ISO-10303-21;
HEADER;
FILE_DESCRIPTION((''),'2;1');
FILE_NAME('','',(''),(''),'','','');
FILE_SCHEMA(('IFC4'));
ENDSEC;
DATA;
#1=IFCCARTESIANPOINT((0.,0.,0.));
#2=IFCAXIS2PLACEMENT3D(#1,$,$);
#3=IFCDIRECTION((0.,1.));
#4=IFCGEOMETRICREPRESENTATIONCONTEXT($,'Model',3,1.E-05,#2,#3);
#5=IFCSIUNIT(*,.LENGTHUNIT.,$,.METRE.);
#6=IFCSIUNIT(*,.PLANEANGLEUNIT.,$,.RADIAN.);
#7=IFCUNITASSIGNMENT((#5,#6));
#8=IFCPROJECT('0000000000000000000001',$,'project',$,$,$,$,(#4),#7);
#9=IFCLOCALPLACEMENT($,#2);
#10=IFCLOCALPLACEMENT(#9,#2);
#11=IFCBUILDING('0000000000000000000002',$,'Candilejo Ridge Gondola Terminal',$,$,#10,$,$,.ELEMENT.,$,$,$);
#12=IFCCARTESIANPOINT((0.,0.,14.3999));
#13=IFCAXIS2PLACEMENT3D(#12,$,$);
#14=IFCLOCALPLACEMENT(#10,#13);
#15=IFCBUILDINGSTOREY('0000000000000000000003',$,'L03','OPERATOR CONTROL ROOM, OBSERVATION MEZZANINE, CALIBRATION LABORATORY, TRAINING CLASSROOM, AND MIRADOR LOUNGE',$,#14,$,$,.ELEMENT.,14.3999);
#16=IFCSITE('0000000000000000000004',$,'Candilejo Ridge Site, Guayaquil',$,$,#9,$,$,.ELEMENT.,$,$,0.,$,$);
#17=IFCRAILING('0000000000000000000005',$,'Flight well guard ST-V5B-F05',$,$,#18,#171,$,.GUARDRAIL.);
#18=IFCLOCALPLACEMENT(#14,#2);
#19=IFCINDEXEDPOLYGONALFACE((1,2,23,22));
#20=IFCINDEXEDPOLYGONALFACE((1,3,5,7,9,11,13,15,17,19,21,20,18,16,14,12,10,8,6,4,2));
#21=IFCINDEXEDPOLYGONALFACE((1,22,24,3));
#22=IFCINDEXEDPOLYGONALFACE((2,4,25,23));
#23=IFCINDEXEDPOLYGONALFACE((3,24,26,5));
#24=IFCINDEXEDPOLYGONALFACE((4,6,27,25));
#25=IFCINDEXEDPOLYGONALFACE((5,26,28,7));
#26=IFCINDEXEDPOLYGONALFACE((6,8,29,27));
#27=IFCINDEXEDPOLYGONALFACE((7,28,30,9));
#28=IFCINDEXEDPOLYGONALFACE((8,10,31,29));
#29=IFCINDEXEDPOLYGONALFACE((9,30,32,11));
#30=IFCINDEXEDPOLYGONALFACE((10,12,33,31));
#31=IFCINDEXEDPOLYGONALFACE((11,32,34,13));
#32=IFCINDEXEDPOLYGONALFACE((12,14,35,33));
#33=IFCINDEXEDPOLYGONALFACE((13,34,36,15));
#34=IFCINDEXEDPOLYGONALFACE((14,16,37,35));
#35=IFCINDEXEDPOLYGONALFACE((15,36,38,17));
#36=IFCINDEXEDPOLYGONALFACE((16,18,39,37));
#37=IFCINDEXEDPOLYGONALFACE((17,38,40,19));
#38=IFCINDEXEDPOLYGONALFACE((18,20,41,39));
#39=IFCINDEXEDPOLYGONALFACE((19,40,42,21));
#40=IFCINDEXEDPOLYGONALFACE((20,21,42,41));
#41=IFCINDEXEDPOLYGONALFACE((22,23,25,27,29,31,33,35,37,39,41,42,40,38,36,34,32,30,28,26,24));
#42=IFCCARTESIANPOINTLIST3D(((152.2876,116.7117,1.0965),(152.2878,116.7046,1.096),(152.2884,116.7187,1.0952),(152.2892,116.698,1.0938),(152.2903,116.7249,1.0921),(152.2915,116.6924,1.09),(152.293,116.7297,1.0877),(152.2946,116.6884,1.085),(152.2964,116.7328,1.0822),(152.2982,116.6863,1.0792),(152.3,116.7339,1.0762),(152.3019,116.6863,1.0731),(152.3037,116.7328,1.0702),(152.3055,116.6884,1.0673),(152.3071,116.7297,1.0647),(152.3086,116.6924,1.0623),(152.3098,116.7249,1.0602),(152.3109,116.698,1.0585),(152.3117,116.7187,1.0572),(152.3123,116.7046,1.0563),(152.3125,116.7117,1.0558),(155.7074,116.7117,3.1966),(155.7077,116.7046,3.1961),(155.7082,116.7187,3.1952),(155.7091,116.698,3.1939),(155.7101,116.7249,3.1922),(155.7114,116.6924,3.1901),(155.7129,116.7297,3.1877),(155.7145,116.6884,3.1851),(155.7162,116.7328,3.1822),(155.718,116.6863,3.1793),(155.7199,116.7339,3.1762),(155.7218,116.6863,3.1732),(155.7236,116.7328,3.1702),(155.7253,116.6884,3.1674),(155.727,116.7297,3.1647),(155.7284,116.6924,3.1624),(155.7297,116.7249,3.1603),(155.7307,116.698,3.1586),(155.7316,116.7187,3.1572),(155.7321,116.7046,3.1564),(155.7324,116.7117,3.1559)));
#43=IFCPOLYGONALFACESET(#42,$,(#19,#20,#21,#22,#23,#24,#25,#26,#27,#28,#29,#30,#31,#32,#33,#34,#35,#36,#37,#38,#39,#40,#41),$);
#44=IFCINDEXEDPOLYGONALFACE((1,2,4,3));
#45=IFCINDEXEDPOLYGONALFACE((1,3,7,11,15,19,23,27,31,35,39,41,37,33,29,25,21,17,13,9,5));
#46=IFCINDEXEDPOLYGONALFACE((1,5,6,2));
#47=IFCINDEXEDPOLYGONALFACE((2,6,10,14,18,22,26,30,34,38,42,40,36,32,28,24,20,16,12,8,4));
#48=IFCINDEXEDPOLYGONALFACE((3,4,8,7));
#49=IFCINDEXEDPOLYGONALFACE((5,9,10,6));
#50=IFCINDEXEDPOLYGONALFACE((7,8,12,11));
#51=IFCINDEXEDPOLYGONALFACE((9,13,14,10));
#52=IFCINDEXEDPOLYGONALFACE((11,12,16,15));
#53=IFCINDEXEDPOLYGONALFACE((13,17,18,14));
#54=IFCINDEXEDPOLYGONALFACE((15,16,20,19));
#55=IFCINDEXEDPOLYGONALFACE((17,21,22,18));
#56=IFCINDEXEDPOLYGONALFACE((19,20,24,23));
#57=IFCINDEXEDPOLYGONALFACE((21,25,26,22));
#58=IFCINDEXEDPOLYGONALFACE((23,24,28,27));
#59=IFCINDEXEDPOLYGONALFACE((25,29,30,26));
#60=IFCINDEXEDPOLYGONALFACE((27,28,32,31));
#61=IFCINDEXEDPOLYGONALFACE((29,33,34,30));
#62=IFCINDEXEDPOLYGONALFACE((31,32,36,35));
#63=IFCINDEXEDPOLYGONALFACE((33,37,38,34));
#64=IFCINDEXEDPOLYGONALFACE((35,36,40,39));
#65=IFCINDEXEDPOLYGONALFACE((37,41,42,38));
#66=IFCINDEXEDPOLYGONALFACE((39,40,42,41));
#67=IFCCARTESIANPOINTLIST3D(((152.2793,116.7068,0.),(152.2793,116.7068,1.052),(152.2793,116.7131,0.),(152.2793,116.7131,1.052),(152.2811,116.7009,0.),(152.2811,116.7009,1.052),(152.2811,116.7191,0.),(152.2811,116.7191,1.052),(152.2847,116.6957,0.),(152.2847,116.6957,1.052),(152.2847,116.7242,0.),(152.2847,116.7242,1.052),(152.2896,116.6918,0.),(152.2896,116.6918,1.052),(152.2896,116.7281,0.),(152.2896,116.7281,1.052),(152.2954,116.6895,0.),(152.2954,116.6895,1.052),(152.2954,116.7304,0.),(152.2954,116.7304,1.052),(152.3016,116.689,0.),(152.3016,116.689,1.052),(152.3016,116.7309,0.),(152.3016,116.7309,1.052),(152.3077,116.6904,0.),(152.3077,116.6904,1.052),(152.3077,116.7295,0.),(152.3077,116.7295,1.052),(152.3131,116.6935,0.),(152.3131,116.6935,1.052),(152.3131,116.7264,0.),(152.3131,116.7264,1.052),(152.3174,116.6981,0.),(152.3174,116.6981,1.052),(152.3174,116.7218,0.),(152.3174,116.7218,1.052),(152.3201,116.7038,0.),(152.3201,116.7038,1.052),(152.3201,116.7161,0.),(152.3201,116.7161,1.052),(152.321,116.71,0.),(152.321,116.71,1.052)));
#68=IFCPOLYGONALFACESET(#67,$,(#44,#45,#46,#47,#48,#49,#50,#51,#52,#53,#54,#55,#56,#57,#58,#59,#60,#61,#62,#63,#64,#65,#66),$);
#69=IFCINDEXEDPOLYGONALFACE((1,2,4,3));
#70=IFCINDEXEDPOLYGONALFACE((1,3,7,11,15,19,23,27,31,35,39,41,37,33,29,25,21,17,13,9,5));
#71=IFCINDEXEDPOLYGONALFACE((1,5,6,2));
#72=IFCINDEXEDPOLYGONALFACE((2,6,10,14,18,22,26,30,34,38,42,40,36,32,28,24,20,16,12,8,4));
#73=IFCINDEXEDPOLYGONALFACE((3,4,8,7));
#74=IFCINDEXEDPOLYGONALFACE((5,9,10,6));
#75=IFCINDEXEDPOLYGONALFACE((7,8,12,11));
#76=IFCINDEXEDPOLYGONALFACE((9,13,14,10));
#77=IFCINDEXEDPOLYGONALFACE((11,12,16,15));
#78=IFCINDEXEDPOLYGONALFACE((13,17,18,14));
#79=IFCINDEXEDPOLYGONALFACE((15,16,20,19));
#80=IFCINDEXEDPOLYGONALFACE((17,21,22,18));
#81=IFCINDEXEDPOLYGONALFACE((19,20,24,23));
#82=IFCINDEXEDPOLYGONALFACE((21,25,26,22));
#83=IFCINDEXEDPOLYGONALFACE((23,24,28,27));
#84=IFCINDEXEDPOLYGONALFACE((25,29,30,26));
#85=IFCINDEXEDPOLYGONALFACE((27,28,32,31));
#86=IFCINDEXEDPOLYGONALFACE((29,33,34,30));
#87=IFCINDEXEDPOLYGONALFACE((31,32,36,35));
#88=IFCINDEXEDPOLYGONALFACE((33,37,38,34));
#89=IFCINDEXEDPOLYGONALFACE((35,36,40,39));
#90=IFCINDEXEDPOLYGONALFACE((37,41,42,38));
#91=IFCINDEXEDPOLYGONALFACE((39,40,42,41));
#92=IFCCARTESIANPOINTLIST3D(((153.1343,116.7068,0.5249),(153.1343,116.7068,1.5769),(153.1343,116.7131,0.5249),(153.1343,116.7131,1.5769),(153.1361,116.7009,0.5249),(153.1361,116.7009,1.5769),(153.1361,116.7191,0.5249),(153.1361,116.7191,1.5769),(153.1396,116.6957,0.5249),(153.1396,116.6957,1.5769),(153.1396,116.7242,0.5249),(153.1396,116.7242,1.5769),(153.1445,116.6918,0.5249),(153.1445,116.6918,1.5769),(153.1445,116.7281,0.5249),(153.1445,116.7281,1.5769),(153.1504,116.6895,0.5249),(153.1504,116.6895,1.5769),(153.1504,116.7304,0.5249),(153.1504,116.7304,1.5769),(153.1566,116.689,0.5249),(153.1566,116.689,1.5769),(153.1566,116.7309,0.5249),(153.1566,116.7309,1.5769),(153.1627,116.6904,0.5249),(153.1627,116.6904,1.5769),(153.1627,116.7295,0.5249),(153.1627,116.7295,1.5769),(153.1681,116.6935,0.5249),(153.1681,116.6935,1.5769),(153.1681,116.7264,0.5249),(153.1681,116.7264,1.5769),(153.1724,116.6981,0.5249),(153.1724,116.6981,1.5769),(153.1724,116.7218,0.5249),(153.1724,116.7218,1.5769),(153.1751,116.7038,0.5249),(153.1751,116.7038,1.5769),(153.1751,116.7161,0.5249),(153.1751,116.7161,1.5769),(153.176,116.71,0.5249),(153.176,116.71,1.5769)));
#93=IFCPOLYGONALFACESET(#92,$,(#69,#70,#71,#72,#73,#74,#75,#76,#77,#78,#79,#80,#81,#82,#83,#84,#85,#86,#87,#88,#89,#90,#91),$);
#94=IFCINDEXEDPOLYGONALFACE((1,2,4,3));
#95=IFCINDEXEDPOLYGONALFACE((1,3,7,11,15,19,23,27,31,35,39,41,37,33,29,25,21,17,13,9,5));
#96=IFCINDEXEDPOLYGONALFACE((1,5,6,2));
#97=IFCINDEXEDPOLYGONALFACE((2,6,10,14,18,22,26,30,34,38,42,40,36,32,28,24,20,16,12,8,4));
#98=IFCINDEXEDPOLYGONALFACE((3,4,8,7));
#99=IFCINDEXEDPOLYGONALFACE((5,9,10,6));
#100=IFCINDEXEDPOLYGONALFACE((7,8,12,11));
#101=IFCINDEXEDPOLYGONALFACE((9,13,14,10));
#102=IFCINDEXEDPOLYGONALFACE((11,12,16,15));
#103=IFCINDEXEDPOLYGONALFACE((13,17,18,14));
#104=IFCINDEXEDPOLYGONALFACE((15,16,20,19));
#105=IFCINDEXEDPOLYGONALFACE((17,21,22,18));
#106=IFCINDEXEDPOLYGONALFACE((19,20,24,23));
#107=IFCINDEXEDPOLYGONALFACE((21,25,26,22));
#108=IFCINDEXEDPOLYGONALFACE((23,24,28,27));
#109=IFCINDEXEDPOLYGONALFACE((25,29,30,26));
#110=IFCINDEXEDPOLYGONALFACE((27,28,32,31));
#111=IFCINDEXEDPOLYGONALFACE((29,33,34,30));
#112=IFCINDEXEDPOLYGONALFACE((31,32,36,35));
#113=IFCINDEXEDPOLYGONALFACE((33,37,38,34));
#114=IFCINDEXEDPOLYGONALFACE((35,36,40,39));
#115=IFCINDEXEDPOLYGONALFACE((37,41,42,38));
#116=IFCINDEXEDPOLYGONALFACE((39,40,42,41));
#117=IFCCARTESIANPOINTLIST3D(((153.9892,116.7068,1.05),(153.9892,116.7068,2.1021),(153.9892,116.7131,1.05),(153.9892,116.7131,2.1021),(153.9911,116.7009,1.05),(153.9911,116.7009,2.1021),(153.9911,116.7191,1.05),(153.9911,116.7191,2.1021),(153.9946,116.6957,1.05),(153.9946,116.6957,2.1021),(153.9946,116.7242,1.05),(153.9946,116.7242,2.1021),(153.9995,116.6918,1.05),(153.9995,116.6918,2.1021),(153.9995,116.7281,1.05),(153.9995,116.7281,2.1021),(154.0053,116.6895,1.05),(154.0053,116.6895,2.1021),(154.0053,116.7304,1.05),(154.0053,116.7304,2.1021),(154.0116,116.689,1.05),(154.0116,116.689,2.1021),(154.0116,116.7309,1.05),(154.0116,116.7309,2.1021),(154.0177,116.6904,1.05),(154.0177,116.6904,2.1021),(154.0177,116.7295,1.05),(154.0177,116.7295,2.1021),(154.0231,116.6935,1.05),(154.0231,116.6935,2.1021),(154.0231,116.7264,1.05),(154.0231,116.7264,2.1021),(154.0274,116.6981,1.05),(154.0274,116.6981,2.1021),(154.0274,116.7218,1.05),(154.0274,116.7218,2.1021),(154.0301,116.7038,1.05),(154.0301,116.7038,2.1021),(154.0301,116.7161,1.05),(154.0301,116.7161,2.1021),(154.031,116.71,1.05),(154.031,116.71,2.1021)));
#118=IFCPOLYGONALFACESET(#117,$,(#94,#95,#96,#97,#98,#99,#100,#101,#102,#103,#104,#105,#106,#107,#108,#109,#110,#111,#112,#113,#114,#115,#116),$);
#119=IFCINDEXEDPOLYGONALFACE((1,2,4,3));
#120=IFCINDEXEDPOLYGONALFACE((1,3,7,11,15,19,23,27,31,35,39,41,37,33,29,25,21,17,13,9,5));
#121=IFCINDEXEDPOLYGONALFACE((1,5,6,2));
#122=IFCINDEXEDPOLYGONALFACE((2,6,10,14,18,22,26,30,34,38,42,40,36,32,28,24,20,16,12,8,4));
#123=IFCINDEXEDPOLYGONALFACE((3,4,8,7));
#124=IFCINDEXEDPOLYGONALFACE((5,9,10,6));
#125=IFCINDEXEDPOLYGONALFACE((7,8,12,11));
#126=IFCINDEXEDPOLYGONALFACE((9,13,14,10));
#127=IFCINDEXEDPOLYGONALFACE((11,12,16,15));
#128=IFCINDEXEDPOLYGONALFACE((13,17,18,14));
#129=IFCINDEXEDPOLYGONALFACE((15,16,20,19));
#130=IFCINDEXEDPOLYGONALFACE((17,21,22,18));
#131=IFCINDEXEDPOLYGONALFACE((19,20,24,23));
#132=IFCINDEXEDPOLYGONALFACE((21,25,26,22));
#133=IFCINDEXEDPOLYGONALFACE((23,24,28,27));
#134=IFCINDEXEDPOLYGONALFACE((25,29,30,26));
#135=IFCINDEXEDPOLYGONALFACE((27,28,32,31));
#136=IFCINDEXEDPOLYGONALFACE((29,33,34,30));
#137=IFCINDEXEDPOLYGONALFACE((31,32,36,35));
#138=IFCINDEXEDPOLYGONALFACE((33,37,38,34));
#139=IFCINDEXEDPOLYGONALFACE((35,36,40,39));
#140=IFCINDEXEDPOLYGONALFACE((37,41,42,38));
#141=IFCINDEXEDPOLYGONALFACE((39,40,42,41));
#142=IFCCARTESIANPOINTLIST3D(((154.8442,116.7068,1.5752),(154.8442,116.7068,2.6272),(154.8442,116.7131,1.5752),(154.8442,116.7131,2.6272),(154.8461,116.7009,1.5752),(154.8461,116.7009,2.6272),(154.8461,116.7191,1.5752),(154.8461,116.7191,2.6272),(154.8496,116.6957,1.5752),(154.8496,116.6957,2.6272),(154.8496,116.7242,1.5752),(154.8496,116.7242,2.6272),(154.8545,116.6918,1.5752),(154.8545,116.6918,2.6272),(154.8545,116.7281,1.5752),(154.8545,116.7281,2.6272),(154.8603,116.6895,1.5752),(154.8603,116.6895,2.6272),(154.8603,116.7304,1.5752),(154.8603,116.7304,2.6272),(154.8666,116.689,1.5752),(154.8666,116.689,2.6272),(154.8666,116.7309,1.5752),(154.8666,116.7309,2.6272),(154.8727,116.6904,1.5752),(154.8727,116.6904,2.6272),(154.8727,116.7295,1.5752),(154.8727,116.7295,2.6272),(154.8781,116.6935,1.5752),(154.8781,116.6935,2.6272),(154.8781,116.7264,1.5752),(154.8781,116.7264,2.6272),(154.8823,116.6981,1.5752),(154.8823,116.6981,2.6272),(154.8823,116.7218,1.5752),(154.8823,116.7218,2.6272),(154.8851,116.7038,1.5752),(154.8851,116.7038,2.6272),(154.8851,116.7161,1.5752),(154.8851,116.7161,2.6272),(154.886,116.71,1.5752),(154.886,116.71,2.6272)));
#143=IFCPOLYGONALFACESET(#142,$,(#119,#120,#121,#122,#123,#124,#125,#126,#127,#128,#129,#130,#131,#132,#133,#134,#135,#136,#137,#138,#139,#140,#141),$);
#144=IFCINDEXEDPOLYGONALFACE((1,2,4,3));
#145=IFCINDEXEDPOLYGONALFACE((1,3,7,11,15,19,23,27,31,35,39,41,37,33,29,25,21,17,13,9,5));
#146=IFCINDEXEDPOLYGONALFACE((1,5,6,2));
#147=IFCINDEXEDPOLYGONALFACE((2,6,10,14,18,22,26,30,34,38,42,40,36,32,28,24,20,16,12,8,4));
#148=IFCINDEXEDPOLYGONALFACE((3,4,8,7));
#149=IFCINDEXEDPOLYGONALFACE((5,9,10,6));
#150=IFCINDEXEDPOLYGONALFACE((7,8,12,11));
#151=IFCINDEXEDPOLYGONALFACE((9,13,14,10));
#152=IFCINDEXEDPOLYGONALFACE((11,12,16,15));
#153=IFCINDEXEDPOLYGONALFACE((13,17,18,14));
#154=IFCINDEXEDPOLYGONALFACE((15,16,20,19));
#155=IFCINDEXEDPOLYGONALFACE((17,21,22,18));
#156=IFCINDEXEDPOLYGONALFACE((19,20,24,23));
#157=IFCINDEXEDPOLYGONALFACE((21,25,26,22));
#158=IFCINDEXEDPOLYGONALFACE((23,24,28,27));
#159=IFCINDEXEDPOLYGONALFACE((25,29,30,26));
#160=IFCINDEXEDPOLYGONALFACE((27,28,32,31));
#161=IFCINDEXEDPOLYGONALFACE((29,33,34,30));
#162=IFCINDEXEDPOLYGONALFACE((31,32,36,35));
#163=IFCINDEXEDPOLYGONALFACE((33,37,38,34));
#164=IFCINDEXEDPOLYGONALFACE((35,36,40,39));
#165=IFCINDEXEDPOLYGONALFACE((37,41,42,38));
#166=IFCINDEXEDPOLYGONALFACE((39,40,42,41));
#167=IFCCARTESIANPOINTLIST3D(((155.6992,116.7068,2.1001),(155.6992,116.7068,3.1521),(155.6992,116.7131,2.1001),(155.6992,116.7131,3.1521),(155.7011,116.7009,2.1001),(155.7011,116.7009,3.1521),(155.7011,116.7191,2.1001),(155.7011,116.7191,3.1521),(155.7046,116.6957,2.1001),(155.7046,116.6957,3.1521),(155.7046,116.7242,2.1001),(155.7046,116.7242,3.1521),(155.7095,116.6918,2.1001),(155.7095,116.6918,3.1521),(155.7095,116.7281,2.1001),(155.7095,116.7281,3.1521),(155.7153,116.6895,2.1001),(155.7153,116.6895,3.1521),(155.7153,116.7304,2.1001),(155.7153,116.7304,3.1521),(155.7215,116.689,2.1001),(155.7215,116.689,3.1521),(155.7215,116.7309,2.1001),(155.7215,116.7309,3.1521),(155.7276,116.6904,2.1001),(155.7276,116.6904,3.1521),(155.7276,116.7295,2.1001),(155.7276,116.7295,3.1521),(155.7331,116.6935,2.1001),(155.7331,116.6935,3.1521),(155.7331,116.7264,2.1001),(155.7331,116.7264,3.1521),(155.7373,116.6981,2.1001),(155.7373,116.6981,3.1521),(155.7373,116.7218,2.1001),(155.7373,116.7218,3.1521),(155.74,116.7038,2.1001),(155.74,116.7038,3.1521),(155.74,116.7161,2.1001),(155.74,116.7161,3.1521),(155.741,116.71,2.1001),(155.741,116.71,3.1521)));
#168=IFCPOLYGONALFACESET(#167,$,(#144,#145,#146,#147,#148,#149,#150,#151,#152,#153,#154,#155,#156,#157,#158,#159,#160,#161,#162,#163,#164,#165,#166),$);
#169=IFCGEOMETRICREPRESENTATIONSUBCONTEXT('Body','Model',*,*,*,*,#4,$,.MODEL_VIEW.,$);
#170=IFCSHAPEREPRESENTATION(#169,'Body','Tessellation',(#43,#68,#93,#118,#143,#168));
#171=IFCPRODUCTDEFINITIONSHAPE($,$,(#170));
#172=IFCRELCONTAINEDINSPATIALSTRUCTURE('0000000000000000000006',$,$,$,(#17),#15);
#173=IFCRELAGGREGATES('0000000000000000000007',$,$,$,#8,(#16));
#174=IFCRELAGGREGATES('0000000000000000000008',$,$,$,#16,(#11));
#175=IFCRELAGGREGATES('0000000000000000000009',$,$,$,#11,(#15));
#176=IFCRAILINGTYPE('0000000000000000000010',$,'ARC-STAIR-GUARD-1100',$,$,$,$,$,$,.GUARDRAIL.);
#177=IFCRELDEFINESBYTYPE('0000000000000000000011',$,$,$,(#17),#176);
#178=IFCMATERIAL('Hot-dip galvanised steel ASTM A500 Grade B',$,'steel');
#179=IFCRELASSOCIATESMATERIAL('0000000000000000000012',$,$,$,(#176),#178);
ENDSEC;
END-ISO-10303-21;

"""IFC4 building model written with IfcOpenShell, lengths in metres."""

from ifc_helpers import new_model, si_unit, direction, frame, origin, origin_2d, place, context, subcontext, project, spatial, circle, extrude, material, type_object, element, save


model = new_model("IFC4")

# Units and contexts
model_context = context("Model", 3, precision=1e-05, world=origin(), true_north=direction((0.0, 1.0)))
body_context = subcontext(model_context, "Body", "Model", "MODEL_VIEW")
ifc_project = project(units=[si_unit("LENGTHUNIT", "METRE"), si_unit("PLANEANGLEUNIT", "RADIAN")], contexts=[model_context])

# Site, building, storey
site_placement = place(None, origin())
site = spatial("IfcSite", under=ifc_project, at=site_placement, Name="Candilejo Ridge Site, Guayaquil", CompositionType="ELEMENT", RefElevation=0.0)
building_placement = place(site_placement, origin())
building = spatial("IfcBuilding", under=site, at=building_placement, Name="Candilejo Ridge Gondola Terminal", CompositionType="ELEMENT")
storey_placement = place(building_placement, frame((0.0, 0.0, 14.3999)))
storey = spatial("IfcBuildingStorey", under=building, at=storey_placement, Name="L03", Description="OPERATOR CONTROL ROOM, OBSERVATION MEZZANINE, CALIBRATION LABORATORY, TRAINING CLASSROOM, AND MIRADOR LOUNGE", CompositionType="ELEMENT", Elevation=14.3999)

# Railing
ifc_material_1 = material(Name="Hot-dip galvanised steel ASTM A500 Grade B", Category="steel")
railing_type_1 = type_object("IfcRailingType", Name="ARC-STAIR-GUARD-1100", PredefinedType="GUARDRAIL", material=ifc_material_1)
railing_1_placement = place(storey_placement, frame((152.3, 116.71, 0.0)))
element("IfcRailing", 1, at=railing_1_placement, inside=storey, type_object=railing_type_1, Name="Flight well guard ST-V5B-F05", PredefinedType="GUARDRAIL", context=body_context, shape_type="SweptSolid", body=[
    extrude(circle(Radius=0.0239, at=origin_2d()), frame((0.0, 0.0, 1.0762), z_axis=(0.852155, 0.0, 0.523289), x_axis=(0.0, 1.0, 0.0)), (0.0, 0.0, 1.0), 4.0132),
    extrude(circle(Radius=0.021, at=origin_2d()), origin(), (0.0, 0.0, 1.0), 1.052),
    extrude(circle(Radius=0.021, at=origin_2d()), frame((0.855, 0.0, 0.5249)), (0.0, 0.0, 1.0), 1.052),
    extrude(circle(Radius=0.021, at=origin_2d()), frame((1.71, 0.0, 1.05)), (0.0, 0.0, 1.0), 1.052),
    extrude(circle(Radius=0.021, at=origin_2d()), frame((2.5649, 0.0, 1.5752)), (0.0, 0.0, 1.0), 1.052),
    extrude(circle(Radius=0.021, at=origin_2d()), frame((3.4199, 0.0, 2.1001)), (0.0, 0.0, 1.0), 1.052),
])

save(model, "model.ifc")
